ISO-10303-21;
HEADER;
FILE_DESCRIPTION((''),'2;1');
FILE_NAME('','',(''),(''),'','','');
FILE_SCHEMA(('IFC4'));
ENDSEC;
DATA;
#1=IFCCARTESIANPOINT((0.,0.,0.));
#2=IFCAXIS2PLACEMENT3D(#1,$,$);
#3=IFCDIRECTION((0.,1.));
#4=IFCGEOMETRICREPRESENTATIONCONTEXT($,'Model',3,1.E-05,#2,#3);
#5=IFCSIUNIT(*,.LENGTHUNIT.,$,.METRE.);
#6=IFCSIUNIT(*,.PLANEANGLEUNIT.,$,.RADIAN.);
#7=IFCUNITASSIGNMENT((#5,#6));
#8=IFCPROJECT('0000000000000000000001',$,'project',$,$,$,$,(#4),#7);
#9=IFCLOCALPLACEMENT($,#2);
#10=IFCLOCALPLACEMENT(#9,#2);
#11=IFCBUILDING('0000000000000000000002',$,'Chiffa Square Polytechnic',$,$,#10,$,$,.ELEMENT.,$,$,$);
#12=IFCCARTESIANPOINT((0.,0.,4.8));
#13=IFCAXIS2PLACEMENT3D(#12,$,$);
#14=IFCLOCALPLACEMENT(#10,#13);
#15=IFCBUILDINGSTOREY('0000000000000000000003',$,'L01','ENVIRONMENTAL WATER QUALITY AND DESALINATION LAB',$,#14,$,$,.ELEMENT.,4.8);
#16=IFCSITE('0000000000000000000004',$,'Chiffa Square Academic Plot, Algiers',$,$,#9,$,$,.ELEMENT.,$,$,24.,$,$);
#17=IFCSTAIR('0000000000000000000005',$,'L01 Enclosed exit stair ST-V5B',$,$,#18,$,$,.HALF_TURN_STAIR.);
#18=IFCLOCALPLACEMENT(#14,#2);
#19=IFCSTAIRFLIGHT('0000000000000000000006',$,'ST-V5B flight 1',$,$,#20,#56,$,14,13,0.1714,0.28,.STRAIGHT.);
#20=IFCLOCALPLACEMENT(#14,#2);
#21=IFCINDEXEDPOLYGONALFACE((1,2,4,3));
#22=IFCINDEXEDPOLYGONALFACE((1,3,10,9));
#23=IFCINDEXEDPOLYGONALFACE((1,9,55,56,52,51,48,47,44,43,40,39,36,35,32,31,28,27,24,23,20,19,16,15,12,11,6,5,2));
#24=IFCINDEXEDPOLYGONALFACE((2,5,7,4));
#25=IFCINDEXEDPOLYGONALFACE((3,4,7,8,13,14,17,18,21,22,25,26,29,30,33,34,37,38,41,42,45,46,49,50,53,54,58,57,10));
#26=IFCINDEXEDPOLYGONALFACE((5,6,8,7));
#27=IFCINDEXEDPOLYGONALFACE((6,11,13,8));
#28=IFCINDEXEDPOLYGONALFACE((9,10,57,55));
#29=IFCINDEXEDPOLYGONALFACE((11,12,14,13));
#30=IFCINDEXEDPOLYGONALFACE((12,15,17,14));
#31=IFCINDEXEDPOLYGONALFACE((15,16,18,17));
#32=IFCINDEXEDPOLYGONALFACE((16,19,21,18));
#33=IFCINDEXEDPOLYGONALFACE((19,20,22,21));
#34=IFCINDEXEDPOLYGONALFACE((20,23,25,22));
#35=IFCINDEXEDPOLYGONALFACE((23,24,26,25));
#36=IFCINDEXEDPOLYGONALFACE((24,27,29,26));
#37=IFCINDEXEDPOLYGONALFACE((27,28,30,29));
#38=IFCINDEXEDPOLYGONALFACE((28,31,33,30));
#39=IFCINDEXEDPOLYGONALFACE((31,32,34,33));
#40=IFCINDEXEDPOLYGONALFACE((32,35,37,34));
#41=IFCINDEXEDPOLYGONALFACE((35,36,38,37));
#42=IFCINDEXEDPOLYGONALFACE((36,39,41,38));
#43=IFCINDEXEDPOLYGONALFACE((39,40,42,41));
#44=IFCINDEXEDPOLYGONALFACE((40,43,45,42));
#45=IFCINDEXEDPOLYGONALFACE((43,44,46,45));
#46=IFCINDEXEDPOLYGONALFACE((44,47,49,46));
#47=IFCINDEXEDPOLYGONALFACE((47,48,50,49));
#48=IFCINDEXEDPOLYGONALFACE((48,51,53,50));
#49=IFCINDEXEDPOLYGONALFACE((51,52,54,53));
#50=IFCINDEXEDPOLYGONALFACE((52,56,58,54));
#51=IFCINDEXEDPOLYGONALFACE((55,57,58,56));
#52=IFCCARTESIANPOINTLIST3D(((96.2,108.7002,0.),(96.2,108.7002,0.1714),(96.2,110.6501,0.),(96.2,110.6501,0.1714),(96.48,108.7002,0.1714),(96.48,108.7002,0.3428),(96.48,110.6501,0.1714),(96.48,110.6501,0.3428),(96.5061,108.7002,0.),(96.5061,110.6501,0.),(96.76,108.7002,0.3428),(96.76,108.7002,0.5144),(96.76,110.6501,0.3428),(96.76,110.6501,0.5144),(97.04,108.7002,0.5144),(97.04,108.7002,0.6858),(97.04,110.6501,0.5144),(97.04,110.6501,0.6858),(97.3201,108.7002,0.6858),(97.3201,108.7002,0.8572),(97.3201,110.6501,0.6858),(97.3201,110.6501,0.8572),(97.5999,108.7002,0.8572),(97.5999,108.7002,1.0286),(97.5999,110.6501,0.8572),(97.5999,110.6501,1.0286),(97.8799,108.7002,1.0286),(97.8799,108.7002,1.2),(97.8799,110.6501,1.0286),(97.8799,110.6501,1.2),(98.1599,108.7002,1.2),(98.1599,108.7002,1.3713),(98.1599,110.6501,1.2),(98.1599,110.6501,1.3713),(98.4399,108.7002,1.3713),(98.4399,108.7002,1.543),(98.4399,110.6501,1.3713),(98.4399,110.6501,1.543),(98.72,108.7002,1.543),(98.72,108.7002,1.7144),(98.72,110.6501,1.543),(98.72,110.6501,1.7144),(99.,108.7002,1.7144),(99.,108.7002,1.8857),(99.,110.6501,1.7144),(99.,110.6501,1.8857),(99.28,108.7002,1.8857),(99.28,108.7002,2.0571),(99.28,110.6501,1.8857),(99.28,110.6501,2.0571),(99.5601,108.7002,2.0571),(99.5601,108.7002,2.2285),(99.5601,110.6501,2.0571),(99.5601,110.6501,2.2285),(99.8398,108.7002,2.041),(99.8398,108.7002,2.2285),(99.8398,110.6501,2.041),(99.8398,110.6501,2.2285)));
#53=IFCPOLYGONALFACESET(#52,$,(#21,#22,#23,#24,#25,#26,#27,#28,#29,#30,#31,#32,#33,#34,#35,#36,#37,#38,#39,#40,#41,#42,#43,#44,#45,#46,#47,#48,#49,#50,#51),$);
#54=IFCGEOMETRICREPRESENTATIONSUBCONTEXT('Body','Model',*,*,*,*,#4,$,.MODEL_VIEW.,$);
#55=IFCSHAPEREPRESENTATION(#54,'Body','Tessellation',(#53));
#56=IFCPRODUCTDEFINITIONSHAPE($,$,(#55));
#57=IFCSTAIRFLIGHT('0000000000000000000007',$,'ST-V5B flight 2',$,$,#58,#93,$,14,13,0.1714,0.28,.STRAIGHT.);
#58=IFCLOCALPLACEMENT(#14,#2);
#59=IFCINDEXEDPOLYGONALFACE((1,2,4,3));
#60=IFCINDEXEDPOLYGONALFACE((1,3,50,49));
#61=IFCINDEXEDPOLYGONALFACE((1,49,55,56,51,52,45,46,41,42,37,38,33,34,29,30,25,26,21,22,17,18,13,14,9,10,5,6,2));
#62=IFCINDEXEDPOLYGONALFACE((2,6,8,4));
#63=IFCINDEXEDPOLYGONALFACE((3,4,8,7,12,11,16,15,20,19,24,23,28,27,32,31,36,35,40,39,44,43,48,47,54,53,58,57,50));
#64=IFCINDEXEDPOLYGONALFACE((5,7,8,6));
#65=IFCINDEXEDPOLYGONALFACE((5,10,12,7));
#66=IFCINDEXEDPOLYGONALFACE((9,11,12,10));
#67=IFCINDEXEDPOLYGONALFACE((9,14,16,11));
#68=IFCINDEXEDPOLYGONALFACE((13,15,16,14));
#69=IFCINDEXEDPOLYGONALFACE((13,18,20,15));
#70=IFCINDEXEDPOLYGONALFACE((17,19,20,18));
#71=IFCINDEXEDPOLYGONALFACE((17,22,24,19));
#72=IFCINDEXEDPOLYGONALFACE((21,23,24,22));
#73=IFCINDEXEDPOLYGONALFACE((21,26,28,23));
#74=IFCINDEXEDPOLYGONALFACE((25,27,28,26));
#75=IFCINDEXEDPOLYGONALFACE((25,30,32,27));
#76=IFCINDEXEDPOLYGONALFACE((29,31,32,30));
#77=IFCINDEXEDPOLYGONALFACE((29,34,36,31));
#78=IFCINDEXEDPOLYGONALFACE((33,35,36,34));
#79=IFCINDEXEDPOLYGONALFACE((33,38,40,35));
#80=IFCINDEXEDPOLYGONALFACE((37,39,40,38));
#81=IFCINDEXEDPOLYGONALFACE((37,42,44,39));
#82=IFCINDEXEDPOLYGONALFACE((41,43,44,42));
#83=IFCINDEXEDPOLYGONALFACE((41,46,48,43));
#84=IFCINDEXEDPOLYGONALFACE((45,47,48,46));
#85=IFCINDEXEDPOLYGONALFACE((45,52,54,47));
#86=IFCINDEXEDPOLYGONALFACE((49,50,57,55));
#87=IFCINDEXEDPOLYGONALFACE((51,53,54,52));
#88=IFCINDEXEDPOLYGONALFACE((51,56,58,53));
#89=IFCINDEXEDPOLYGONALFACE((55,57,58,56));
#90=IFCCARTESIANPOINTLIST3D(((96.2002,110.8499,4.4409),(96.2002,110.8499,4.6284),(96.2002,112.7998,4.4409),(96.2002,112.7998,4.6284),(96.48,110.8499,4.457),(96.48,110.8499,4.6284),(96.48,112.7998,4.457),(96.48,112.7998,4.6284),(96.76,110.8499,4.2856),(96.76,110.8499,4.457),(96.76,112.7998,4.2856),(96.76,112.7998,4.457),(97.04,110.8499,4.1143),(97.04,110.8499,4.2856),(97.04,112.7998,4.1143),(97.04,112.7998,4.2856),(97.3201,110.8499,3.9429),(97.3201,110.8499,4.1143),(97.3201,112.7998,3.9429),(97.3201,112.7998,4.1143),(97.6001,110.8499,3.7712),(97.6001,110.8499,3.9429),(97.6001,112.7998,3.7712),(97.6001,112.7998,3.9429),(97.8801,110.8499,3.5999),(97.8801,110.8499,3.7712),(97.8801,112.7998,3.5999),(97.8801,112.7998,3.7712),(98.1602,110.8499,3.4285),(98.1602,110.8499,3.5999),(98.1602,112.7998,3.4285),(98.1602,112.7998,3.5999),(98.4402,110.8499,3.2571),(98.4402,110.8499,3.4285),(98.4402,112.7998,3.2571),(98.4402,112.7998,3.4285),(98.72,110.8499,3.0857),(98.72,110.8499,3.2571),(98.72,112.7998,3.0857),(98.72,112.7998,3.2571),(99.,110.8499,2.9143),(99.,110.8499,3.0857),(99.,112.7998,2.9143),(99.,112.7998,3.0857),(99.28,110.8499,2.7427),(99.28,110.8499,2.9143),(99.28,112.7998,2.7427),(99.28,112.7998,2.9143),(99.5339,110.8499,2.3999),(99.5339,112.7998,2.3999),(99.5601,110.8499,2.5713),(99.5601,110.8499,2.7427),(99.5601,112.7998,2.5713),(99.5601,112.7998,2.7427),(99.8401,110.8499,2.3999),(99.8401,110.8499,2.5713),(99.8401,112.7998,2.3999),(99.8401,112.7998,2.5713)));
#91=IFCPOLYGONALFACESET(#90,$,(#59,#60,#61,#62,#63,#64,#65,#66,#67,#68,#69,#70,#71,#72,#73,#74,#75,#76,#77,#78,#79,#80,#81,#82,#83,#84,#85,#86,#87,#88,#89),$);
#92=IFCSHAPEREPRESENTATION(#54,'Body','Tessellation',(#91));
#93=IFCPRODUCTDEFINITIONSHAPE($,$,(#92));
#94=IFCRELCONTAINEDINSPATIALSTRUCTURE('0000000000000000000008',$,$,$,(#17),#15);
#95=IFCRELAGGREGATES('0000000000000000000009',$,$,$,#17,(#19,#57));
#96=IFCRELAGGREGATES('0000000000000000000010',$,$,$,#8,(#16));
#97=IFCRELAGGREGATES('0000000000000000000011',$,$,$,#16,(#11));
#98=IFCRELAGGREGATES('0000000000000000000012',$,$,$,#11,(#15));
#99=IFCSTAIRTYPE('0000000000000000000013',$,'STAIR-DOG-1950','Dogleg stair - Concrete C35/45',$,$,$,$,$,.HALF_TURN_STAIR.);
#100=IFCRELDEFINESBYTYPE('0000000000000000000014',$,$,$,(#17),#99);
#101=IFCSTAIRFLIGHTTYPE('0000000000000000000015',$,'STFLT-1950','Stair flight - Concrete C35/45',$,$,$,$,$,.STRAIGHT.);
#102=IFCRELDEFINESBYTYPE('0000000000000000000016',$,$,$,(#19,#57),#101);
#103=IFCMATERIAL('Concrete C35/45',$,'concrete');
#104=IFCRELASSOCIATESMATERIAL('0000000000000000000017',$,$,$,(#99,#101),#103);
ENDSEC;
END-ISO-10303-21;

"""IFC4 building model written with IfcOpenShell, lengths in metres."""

from ifc_helpers import new_model, si_unit, direction, frame, origin, place, context, subcontext, project, spatial, polyline, outline, extrude, material, type_object, element, aggregate, save


model = new_model("IFC4")

# Units and contexts
model_context = context("Model", 3, precision=1e-05, world=origin(), true_north=direction((0.0, 1.0)))
body_context = subcontext(model_context, "Body", "Model", "MODEL_VIEW")
ifc_project = project(units=[si_unit("LENGTHUNIT", "METRE"), si_unit("PLANEANGLEUNIT", "RADIAN")], contexts=[model_context])

# Site, building, storey
site_placement = place(None, origin())
site = spatial("IfcSite", under=ifc_project, at=site_placement, Name="Chiffa Square Academic Plot, Algiers", CompositionType="ELEMENT", RefElevation=24.0)
building_placement = place(site_placement, origin())
building = spatial("IfcBuilding", under=site, at=building_placement, Name="Chiffa Square Polytechnic", CompositionType="ELEMENT")
storey_placement = place(building_placement, frame((0.0, 0.0, 4.8)))
storey = spatial("IfcBuildingStorey", under=building, at=storey_placement, Name="L01", Description="ENVIRONMENTAL WATER QUALITY AND DESALINATION LAB", CompositionType="ELEMENT", Elevation=4.8)

# Shared definitions
ifc_material_1 = material(Name="Concrete C35/45", Category="concrete")

# Stair, stair flights
stair_type = type_object("IfcStairType", Name="STAIR-DOG-1950", Description="Dogleg stair - Concrete C35/45", PredefinedType="HALF_TURN_STAIR", material=ifc_material_1)
stair_placement = place(storey_placement, origin())
stair = element("IfcStair", 1, at=stair_placement, inside=storey, type_object=stair_type, Name="L01 Enclosed exit stair ST-V5B", PredefinedType="HALF_TURN_STAIR")
stair_flight_type = type_object("IfcStairFlightType", Name="STFLT-1950", Description="Stair flight - Concrete C35/45", PredefinedType="STRAIGHT", material=ifc_material_1)
stair_flight_1_placement = place(storey_placement, frame((96.2, 109.675, 0.0), z_axis=(0.0, 0.0, 1.0), x_axis=(1.0, 0.0, 0.0)))
stair_flight_1 = element("IfcStairFlight", 2, at=stair_flight_1_placement, type_object=stair_flight_type, Name="ST-V5B flight 1", NumberOfRisers=14, NumberOfTreads=13, PredefinedType="STRAIGHT", RiserHeight=0.1714, TreadLength=0.28, context=body_context, shape_type="SweptSolid", body=[
    extrude(outline(polyline([(0.0, 0.0), (0.0, 0.1714), (0.28, 0.1714), (0.28, 0.3428), (0.5601, 0.3428), (0.5601, 0.5144), (0.8401, 0.5144), (0.8401, 0.6858), (1.1201, 0.6858), (1.1201, 0.8572), (1.3999, 0.8572), (1.3999, 1.0286), (1.6799, 1.0286), (1.6799, 1.2), (1.96, 1.2), (1.96, 1.3713), (2.24, 1.3713), (2.24, 1.543), (2.52, 1.543), (2.52, 1.7144), (2.8, 1.7144), (2.8, 1.8857), (3.0801, 1.8857), (3.0801, 2.0571), (3.3601, 2.0571), (3.3601, 2.2285), (3.6399, 2.2285), (3.6399, 2.3999), (3.6399, 2.041), (0.3062, 0.0), (0.0, 0.0)])), frame((0.0, 0.9751, 0.0), z_axis=(0.0, -1.0, 0.0), x_axis=(1.0, 0.0, 0.0)), (0.0, 0.0, 1.0), 1.95),
])
stair_flight_2_placement = place(storey_placement, frame((99.8401, 111.825, 2.3999), z_axis=(0.0, 0.0, 1.0), x_axis=(-1.0, 0.0, 0.0)))
stair_flight_2 = element("IfcStairFlight", 3, at=stair_flight_2_placement, type_object=stair_flight_type, Name="ST-V5B flight 2", NumberOfRisers=14, NumberOfTreads=13, PredefinedType="STRAIGHT", RiserHeight=0.1714, TreadLength=0.28, context=body_context, shape_type="SweptSolid", body=[
    extrude(outline(polyline([(0.0, 0.0), (0.0, 0.1714), (0.28, 0.1714), (0.28, 0.3428), (0.5601, 0.3428), (0.5601, 0.5144), (0.8401, 0.5144), (0.8401, 0.6858), (1.1201, 0.6858), (1.1201, 0.8572), (1.3999, 0.8572), (1.3999, 1.0286), (1.6799, 1.0286), (1.6799, 1.2), (1.96, 1.2), (1.96, 1.3713), (2.24, 1.3713), (2.24, 1.543), (2.52, 1.543), (2.52, 1.7144), (2.8, 1.7144), (2.8, 1.8857), (3.0801, 1.8857), (3.0801, 2.0571), (3.3601, 2.0571), (3.3601, 2.2285), (3.6399, 2.2285), (3.6399, 2.3999), (3.6399, 2.041), (0.3062, 0.0), (0.0, 0.0)])), frame((0.0, 0.9751, 0.0), z_axis=(0.0, -1.0, 0.0), x_axis=(1.0, 0.0, 0.0)), (0.0, 0.0, 1.0), 1.95),
])
aggregate(stair, [stair_flight_1, stair_flight_2])

save(model, "model.ifc")
